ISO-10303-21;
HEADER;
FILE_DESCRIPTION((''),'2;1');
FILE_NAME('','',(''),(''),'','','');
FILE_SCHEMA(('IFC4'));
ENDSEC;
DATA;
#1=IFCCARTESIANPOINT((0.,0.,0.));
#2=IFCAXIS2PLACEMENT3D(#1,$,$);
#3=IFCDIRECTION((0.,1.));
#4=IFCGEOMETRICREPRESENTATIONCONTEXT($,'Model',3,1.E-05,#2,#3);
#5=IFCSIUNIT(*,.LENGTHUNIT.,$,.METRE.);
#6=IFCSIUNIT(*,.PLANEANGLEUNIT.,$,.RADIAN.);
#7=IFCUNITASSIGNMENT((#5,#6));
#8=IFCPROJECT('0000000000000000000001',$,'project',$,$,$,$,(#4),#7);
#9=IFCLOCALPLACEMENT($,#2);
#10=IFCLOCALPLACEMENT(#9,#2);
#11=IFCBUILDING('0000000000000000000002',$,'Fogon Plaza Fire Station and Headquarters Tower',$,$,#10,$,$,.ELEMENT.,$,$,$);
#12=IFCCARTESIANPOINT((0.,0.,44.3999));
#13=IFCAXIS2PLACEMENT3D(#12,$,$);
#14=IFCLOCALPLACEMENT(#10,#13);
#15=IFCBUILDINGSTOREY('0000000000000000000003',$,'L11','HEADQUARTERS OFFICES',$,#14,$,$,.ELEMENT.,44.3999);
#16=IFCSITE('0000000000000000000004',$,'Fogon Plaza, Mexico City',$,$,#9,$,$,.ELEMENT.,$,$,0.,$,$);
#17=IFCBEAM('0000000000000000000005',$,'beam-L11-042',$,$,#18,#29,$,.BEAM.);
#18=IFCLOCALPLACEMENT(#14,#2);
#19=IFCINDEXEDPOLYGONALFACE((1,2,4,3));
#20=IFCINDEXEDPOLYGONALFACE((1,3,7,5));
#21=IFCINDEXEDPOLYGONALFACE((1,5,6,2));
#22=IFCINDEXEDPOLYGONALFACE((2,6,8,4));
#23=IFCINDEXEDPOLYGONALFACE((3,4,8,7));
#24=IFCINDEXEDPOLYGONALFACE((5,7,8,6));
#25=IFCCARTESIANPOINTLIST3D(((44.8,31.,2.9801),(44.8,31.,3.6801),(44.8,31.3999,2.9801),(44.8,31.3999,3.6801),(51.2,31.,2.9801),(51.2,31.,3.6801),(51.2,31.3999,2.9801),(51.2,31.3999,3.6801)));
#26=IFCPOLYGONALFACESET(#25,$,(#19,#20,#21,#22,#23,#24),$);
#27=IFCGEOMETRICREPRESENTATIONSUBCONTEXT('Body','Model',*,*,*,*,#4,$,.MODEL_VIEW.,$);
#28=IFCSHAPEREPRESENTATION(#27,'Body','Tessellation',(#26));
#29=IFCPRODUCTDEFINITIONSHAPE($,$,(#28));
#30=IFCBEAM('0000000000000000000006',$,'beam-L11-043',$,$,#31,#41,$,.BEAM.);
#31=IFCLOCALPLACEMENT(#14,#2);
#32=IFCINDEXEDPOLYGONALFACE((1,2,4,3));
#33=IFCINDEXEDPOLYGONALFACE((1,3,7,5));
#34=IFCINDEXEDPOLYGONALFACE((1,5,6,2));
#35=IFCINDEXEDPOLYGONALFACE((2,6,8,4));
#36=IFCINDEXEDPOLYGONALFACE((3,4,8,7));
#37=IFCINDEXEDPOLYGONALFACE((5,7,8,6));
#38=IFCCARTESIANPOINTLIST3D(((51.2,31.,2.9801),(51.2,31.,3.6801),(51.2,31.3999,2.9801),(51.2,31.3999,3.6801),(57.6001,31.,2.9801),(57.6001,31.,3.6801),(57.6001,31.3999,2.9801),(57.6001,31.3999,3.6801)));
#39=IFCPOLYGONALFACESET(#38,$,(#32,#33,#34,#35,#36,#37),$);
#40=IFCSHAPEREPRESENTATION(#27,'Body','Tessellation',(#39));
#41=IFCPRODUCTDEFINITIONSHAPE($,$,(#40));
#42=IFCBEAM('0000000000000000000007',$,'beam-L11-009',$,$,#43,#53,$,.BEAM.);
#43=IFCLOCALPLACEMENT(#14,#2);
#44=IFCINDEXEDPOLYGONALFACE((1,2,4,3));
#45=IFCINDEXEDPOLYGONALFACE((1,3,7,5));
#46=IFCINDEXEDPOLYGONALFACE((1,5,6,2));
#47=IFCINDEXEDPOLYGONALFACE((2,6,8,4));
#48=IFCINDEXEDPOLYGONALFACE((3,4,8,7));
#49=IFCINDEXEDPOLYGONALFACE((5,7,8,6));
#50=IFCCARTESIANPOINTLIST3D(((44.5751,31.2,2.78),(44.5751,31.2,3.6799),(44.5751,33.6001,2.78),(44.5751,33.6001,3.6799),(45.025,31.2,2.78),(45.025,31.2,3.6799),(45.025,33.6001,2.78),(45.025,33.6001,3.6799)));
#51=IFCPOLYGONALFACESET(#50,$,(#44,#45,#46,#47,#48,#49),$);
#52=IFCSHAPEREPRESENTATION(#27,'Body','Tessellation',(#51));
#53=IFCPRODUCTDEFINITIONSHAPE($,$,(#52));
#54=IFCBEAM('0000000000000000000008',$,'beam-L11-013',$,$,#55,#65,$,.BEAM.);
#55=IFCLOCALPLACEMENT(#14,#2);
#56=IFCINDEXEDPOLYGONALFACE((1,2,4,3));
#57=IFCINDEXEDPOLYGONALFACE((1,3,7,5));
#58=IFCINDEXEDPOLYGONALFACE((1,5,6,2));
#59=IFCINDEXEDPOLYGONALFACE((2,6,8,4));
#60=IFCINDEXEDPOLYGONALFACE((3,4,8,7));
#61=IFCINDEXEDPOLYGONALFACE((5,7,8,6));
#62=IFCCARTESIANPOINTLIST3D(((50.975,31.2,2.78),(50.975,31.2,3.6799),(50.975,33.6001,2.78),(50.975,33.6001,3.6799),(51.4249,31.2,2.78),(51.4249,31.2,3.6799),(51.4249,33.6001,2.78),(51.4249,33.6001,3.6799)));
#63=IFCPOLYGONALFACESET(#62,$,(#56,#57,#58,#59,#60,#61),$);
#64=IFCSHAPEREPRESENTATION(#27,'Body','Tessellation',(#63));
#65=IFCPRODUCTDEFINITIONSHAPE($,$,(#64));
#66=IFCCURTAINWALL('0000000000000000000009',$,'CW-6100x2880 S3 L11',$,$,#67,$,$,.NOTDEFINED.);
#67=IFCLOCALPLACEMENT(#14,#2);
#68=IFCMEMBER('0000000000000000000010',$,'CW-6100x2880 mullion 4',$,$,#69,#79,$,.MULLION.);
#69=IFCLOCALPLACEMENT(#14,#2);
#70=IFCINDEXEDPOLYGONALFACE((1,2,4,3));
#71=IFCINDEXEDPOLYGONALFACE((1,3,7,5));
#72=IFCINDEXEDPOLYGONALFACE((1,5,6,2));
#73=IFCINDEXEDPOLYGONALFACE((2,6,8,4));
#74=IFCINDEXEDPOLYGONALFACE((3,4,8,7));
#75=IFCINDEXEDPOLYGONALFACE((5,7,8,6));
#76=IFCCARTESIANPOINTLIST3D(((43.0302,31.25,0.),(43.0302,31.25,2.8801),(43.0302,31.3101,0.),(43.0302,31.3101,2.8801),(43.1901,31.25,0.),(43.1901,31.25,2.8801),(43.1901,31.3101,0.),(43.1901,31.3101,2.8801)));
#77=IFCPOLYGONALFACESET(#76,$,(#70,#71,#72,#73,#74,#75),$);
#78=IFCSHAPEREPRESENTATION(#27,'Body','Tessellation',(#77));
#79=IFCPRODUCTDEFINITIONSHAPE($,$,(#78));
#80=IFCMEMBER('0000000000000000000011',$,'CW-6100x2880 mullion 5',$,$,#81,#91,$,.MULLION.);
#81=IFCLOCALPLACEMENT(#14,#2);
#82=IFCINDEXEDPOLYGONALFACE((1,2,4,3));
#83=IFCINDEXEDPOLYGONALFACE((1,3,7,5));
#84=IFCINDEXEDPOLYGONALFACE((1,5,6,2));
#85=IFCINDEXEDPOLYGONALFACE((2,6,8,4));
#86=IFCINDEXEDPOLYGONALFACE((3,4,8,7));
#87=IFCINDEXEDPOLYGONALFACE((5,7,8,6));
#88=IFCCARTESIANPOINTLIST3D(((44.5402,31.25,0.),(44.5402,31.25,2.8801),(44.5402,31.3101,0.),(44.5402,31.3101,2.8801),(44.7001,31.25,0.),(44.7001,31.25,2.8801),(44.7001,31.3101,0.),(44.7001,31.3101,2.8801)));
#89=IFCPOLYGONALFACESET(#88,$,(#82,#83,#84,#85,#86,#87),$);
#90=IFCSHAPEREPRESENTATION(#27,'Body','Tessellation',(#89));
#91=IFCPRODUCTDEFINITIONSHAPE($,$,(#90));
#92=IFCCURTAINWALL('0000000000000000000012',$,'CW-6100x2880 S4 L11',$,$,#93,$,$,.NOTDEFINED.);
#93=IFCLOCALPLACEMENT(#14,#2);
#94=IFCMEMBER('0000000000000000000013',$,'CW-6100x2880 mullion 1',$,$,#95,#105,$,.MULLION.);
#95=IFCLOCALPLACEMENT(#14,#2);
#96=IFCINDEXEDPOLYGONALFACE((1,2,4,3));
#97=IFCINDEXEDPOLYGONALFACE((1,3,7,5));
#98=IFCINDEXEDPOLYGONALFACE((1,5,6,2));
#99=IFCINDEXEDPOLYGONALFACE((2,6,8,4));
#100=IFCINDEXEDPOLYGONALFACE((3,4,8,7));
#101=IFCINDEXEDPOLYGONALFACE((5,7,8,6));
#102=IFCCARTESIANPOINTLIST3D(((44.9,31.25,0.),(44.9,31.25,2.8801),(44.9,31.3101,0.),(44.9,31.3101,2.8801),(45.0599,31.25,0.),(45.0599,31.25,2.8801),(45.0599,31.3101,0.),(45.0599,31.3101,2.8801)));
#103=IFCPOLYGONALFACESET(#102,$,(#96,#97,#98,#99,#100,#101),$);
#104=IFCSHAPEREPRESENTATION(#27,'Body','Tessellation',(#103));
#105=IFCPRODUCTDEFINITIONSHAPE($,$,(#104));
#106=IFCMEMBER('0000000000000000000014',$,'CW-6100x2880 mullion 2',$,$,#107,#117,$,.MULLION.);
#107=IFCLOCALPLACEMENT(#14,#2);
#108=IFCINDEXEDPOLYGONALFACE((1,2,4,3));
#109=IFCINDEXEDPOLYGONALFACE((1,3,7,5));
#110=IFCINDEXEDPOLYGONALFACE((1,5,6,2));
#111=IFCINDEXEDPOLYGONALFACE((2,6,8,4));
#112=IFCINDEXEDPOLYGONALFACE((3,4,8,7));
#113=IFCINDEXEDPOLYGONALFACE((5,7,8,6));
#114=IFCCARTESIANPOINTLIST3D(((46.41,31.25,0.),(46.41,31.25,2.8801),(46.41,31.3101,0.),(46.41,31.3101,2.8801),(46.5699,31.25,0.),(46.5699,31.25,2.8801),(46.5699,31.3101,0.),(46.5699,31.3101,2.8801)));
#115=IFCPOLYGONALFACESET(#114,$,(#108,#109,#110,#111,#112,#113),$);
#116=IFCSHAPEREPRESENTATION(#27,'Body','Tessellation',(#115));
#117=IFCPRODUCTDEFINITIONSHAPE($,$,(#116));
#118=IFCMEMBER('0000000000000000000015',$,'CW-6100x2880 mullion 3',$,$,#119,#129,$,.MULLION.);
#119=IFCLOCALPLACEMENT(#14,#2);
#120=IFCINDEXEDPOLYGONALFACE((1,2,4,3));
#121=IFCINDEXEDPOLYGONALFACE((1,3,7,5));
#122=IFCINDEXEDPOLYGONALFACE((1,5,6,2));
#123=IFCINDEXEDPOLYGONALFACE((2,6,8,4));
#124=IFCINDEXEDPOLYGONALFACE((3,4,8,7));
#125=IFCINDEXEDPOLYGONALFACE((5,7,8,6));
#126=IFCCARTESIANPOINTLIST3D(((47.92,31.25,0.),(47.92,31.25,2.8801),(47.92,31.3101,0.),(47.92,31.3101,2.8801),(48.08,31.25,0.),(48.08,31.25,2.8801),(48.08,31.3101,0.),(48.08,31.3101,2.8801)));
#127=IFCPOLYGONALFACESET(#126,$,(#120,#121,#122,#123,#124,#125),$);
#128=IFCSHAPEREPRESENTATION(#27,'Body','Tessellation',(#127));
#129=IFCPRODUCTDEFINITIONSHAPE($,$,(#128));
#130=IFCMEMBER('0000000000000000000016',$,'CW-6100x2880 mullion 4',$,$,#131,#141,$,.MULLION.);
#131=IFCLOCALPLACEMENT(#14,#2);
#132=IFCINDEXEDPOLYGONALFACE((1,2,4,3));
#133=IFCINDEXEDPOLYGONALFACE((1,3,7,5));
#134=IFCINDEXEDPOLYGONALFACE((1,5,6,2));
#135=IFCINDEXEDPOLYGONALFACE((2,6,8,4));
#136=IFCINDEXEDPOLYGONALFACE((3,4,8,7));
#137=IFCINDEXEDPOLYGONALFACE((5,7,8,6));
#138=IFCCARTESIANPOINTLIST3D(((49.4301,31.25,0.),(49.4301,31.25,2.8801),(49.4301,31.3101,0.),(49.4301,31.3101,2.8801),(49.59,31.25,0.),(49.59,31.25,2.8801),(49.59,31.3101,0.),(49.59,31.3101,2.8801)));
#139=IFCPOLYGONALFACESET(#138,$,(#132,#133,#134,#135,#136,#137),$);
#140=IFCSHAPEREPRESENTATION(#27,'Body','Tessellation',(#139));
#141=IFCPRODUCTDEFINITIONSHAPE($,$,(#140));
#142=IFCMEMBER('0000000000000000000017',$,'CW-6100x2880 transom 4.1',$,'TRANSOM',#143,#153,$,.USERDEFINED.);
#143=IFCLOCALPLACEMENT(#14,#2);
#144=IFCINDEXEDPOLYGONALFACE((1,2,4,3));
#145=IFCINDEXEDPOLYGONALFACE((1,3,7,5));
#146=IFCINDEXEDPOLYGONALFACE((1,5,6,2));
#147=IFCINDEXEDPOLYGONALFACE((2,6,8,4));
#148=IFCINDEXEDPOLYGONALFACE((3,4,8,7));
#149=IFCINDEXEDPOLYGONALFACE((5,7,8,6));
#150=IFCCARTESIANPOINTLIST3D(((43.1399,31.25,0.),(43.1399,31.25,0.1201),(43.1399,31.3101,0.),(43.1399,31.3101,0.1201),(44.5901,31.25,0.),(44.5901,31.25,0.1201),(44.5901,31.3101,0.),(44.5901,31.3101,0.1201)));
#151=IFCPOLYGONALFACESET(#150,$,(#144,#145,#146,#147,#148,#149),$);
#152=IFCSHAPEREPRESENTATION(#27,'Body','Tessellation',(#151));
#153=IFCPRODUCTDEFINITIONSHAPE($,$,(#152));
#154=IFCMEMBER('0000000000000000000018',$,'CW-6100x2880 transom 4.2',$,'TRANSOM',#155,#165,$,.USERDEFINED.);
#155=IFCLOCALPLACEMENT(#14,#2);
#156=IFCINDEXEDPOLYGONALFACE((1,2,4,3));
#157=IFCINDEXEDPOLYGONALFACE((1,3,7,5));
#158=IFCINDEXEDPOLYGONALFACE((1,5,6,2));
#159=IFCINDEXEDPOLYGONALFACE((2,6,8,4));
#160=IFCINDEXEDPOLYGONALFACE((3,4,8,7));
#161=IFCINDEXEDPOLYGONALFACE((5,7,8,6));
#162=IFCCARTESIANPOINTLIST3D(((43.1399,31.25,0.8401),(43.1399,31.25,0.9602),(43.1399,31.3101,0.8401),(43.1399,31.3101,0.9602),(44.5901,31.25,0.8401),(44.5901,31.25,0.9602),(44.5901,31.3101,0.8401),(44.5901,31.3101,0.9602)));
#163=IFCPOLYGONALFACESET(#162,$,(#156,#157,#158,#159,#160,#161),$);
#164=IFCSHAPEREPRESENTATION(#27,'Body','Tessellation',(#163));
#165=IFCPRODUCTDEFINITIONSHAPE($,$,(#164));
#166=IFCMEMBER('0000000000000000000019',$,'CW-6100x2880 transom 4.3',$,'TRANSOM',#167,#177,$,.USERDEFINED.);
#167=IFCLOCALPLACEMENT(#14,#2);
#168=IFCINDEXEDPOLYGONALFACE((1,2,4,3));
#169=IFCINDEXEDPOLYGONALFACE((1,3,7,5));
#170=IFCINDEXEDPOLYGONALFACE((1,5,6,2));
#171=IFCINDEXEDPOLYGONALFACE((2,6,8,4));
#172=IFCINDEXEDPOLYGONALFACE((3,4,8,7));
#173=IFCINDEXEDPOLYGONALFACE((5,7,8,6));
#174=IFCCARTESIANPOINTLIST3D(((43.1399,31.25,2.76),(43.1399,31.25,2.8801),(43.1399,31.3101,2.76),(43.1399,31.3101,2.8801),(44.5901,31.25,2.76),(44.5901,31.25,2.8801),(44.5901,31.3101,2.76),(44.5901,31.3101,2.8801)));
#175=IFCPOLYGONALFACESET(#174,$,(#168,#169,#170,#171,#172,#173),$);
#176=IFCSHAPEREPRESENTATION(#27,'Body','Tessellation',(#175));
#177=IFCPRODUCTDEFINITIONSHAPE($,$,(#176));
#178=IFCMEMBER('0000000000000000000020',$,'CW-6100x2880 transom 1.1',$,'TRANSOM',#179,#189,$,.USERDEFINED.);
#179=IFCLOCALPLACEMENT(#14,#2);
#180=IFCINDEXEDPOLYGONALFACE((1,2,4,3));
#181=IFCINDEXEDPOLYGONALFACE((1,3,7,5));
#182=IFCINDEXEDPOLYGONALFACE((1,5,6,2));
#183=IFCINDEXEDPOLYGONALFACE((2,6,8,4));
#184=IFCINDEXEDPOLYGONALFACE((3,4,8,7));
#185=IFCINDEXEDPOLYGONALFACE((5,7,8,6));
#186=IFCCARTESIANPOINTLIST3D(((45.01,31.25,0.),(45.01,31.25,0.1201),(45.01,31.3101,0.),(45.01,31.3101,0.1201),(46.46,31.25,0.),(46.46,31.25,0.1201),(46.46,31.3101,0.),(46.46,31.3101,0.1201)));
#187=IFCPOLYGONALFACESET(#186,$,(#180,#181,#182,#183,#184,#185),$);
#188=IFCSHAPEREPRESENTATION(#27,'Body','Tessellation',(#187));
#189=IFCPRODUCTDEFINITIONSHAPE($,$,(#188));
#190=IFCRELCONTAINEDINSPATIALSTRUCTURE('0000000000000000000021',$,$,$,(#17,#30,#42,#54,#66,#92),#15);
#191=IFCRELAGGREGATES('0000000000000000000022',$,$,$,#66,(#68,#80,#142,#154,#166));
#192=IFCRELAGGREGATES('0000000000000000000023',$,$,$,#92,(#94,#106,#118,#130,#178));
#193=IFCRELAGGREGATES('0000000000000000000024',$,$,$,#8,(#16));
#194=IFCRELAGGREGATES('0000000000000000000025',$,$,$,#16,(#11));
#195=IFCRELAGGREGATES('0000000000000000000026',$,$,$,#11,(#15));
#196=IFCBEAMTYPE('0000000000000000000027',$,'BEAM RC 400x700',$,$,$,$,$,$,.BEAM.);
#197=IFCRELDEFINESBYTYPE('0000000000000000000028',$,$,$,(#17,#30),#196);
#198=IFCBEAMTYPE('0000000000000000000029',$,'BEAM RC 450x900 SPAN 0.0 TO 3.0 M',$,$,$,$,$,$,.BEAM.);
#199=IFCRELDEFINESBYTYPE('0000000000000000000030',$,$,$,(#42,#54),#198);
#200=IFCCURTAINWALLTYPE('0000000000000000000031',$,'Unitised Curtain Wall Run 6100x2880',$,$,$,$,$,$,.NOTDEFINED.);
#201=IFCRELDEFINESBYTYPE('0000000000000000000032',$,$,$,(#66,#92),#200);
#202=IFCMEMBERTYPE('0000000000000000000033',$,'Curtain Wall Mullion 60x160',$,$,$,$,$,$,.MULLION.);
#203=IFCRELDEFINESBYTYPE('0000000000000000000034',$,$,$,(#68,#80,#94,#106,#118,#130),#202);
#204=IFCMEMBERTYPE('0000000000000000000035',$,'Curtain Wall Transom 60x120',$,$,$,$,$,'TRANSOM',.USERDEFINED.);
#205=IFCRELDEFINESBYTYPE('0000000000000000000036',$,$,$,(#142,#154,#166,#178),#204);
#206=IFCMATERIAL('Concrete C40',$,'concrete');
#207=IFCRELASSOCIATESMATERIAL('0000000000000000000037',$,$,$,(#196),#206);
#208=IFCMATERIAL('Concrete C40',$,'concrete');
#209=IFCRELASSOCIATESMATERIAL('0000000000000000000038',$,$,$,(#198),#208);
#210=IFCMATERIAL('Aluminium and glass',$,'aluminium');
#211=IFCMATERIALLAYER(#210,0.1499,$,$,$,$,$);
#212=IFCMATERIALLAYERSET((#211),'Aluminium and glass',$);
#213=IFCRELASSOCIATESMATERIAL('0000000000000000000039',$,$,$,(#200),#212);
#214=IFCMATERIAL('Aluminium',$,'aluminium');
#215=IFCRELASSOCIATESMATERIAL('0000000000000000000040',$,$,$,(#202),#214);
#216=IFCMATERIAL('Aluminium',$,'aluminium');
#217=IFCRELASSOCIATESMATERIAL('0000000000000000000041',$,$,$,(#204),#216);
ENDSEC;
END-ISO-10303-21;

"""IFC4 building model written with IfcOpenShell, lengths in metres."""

from ifc_helpers import new_model, si_unit, direction, frame, origin, origin_2d, place, context, subcontext, project, spatial, rectangle, extrude, material, layer, layer_set, material_profile, profile_set, type_object, element, aggregate, save


model = new_model("IFC4")

# Units and contexts
model_context = context("Model", 3, precision=1e-05, world=origin(), true_north=direction((0.0, 1.0)))
body_context = subcontext(model_context, "Body", "Model", "MODEL_VIEW")
ifc_project = project(units=[si_unit("LENGTHUNIT", "METRE"), si_unit("PLANEANGLEUNIT", "RADIAN")], contexts=[model_context])

# Site, building, storey
site_placement = place(None, origin())
site = spatial("IfcSite", under=ifc_project, at=site_placement, Name="Fogon Plaza, Mexico City", CompositionType="ELEMENT", RefElevation=0.0)
building_placement = place(site_placement, origin())
building = spatial("IfcBuilding", under=site, at=building_placement, Name="Fogon Plaza Fire Station and Headquarters Tower", CompositionType="ELEMENT")
storey_placement = place(building_placement, frame((0.0, 0.0, 44.3999)))
storey = spatial("IfcBuildingStorey", under=building, at=storey_placement, Name="L11", Description="HEADQUARTERS OFFICES", CompositionType="ELEMENT", Elevation=44.3999)

# Beams
ifc_material_1 = material(Name="Concrete C40", Category="concrete")
ifc_material_profile_1 = material_profile(ifc_material_1, rectangle(XDim=0.3999, YDim=0.7, at=origin_2d()), Name="RC 400x700")
ifc_profile_set_1 = profile_set([ifc_material_profile_1], Name="Concrete C40")
beam_type_1 = type_object("IfcBeamType", Name="BEAM RC 400x700", PredefinedType="BEAM", material=ifc_profile_set_1)
beam_1_placement = place(storey_placement, frame((44.8, 31.2, 3.3301), z_axis=(1.0, 0.0, 0.0), x_axis=(0.0, 1.0, 0.0)))
element("IfcBeam", 1, at=beam_1_placement, inside=storey, type_object=beam_type_1, Name="beam-L11-042", PredefinedType="BEAM", context=body_context, shape_type="SweptSolid", body=[
    extrude(rectangle(XDim=0.3999, YDim=0.7, at=origin_2d()), origin(), (0.0, 0.0, 1.0), 6.3999),
])
beam_2_placement = place(storey_placement, frame((51.2, 31.2, 3.3301), z_axis=(1.0, 0.0, 0.0), x_axis=(0.0, 1.0, 0.0)))
element("IfcBeam", 2, at=beam_2_placement, inside=storey, type_object=beam_type_1, Name="beam-L11-043", PredefinedType="BEAM", context=body_context, shape_type="SweptSolid", body=[
    extrude(rectangle(XDim=0.3999, YDim=0.7, at=origin_2d()), origin(), (0.0, 0.0, 1.0), 6.4001),
])
ifc_material_2 = material(Name="Concrete C40", Category="concrete")
ifc_material_profile_2 = material_profile(ifc_material_2, rectangle(XDim=0.45, YDim=0.8999, at=origin_2d()), Name="RC 450x900")
ifc_profile_set_2 = profile_set([ifc_material_profile_2], Name="Concrete C40")
beam_type_2 = type_object("IfcBeamType", Name="BEAM RC 450x900 SPAN 0.0 TO 3.0 M", PredefinedType="BEAM", material=ifc_profile_set_2)
for number, where, z_axis, x_axis, name in (
    (3, (44.8, 31.2, 3.23), (0.0, 1.0, 0.0), (-1.0, 0.0, 0.0), "beam-L11-009"),
    (4, (51.2, 31.2, 3.23), (0.0, 1.0, 0.0), (-1.0, 0.0, 0.0), "beam-L11-013"),
):
    element("IfcBeam", number, at=place(storey_placement, frame(where, z_axis=z_axis, x_axis=x_axis)), inside=storey, type_object=beam_type_2, Name=name, PredefinedType="BEAM", context=body_context, shape_type="SweptSolid", body=[
        extrude(rectangle(XDim=0.45, YDim=0.8999, at=origin_2d()), origin(), (0.0, 0.0, 1.0), 2.4001),
    ])

# Curtain walls, members
ifc_material_3 = material(Name="Aluminium and glass", Category="aluminium")
ifc_layer_1 = layer(ifc_material_3, 0.1499)
ifc_layer_set_1 = layer_set([ifc_layer_1], Name="Aluminium and glass")
curtain_wall_type = type_object("IfcCurtainWallType", Name="Unitised Curtain Wall Run 6100x2880", PredefinedType="NOTDEFINED", material=ifc_layer_set_1)
curtain_wall_1_placement = place(storey_placement, origin())
curtain_wall_1 = element("IfcCurtainWall", 5, at=curtain_wall_1_placement, inside=storey, type_object=curtain_wall_type, Name="CW-6100x2880 S3 L11", PredefinedType="NOTDEFINED")
ifc_material_4 = material(Name="Aluminium", Category="aluminium")
ifc_material_profile_3 = material_profile(ifc_material_4, rectangle(XDim=0.0601, YDim=0.1599, at=origin_2d()), Name="Curtain Wall Mullion 60x160")
ifc_profile_set_3 = profile_set([ifc_material_profile_3], Name="Aluminium")
member_type_1 = type_object("IfcMemberType", Name="Curtain Wall Mullion 60x160", PredefinedType="MULLION", material=ifc_profile_set_3)
member_1_placement = place(storey_placement, frame((43.1101, 31.28, 0.0), z_axis=(0.0, 0.0, 1.0), x_axis=(0.0, 1.0, 0.0)))
member_1 = element("IfcMember", 6, at=member_1_placement, type_object=member_type_1, Name="CW-6100x2880 mullion 4", PredefinedType="MULLION", context=body_context, shape_type="SweptSolid", body=[
    extrude(rectangle(XDim=0.0601, YDim=0.1599, at=origin_2d()), origin(), (0.0, 0.0, 1.0), 2.8801),
])
member_2_placement = place(storey_placement, frame((44.6201, 31.28, 0.0), z_axis=(0.0, 0.0, 1.0), x_axis=(0.0, 1.0, 0.0)))
member_2 = element("IfcMember", 7, at=member_2_placement, type_object=member_type_1, Name="CW-6100x2880 mullion 5", PredefinedType="MULLION", context=body_context, shape_type="SweptSolid", body=[
    extrude(rectangle(XDim=0.0601, YDim=0.1599, at=origin_2d()), origin(), (0.0, 0.0, 1.0), 2.8801),
])
curtain_wall_2_placement = place(storey_placement, origin())
curtain_wall_2 = element("IfcCurtainWall", 8, at=curtain_wall_2_placement, inside=storey, type_object=curtain_wall_type, Name="CW-6100x2880 S4 L11", PredefinedType="NOTDEFINED")
member_3_placement = place(storey_placement, frame((44.98, 31.28, 0.0), z_axis=(0.0, 0.0, 1.0), x_axis=(0.0, 1.0, 0.0)))
member_3 = element("IfcMember", 9, at=member_3_placement, type_object=member_type_1, Name="CW-6100x2880 mullion 1", PredefinedType="MULLION", context=body_context, shape_type="SweptSolid", body=[
    extrude(rectangle(XDim=0.0601, YDim=0.1599, at=origin_2d()), origin(), (0.0, 0.0, 1.0), 2.8801),
])
member_4_placement = place(storey_placement, frame((46.49, 31.28, 0.0), z_axis=(0.0, 0.0, 1.0), x_axis=(0.0, 1.0, 0.0)))
member_4 = element("IfcMember", 10, at=member_4_placement, type_object=member_type_1, Name="CW-6100x2880 mullion 2", PredefinedType="MULLION", context=body_context, shape_type="SweptSolid", body=[
    extrude(rectangle(XDim=0.0601, YDim=0.1599, at=origin_2d()), origin(), (0.0, 0.0, 1.0), 2.8801),
])
member_5_placement = place(storey_placement, frame((48.0, 31.28, 0.0), z_axis=(0.0, 0.0, 1.0), x_axis=(0.0, 1.0, 0.0)))
member_5 = element("IfcMember", 11, at=member_5_placement, type_object=member_type_1, Name="CW-6100x2880 mullion 3", PredefinedType="MULLION", context=body_context, shape_type="SweptSolid", body=[
    extrude(rectangle(XDim=0.0601, YDim=0.1599, at=origin_2d()), origin(), (0.0, 0.0, 1.0), 2.8801),
])
member_6_placement = place(storey_placement, frame((49.51, 31.28, 0.0), z_axis=(0.0, 0.0, 1.0), x_axis=(0.0, 1.0, 0.0)))
member_6 = element("IfcMember", 12, at=member_6_placement, type_object=member_type_1, Name="CW-6100x2880 mullion 4", PredefinedType="MULLION", context=body_context, shape_type="SweptSolid", body=[
    extrude(rectangle(XDim=0.0601, YDim=0.1599, at=origin_2d()), origin(), (0.0, 0.0, 1.0), 2.8801),
])

# Members
ifc_material_5 = material(Name="Aluminium", Category="aluminium")
ifc_material_profile_4 = material_profile(ifc_material_5, rectangle(XDim=0.0601, YDim=0.1201, at=origin_2d()), Name="Curtain Wall Transom 60x120")
ifc_profile_set_4 = profile_set([ifc_material_profile_4], Name="Aluminium")
member_type_2 = type_object("IfcMemberType", Name="Curtain Wall Transom 60x120", ElementType="TRANSOM", PredefinedType="USERDEFINED", material=ifc_profile_set_4)
member_7_placement = place(storey_placement, frame((43.1399, 31.28, 0.0601), z_axis=(1.0, 0.0, 0.0), x_axis=(0.0, 1.0, 0.0)))
member_7 = element("IfcMember", 13, at=member_7_placement, type_object=member_type_2, Name="CW-6100x2880 transom 4.1", ObjectType="TRANSOM", PredefinedType="USERDEFINED", context=body_context, shape_type="SweptSolid", body=[
    extrude(rectangle(XDim=0.0601, YDim=0.1201, at=origin_2d()), origin(), (0.0, 0.0, 1.0), 1.4502),
])
member_8_placement = place(storey_placement, frame((43.1399, 31.28, 0.9001), z_axis=(1.0, 0.0, 0.0), x_axis=(0.0, 1.0, 0.0)))
member_8 = element("IfcMember", 14, at=member_8_placement, type_object=member_type_2, Name="CW-6100x2880 transom 4.2", ObjectType="TRANSOM", PredefinedType="USERDEFINED", context=body_context, shape_type="SweptSolid", body=[
    extrude(rectangle(XDim=0.0601, YDim=0.1201, at=origin_2d()), origin(), (0.0, 0.0, 1.0), 1.4502),
])
member_9_placement = place(storey_placement, frame((43.1399, 31.28, 2.8201), z_axis=(1.0, 0.0, 0.0), x_axis=(0.0, 1.0, 0.0)))
member_9 = element("IfcMember", 15, at=member_9_placement, type_object=member_type_2, Name="CW-6100x2880 transom 4.3", ObjectType="TRANSOM", PredefinedType="USERDEFINED", context=body_context, shape_type="SweptSolid", body=[
    extrude(rectangle(XDim=0.0601, YDim=0.1201, at=origin_2d()), origin(), (0.0, 0.0, 1.0), 1.4502),
])
member_10_placement = place(storey_placement, frame((45.01, 31.28, 0.0601), z_axis=(1.0, 0.0, 0.0), x_axis=(0.0, 1.0, 0.0)))
member_10 = element("IfcMember", 16, at=member_10_placement, type_object=member_type_2, Name="CW-6100x2880 transom 1.1", ObjectType="TRANSOM", PredefinedType="USERDEFINED", context=body_context, shape_type="SweptSolid", body=[
    extrude(rectangle(XDim=0.0601, YDim=0.1201, at=origin_2d()), origin(), (0.0, 0.0, 1.0), 1.45),
])

aggregate(curtain_wall_1, [member_1, member_2, member_7, member_8, member_9])
aggregate(curtain_wall_2, [member_3, member_4, member_5, member_6, member_10])

save(model, "model.ifc")
